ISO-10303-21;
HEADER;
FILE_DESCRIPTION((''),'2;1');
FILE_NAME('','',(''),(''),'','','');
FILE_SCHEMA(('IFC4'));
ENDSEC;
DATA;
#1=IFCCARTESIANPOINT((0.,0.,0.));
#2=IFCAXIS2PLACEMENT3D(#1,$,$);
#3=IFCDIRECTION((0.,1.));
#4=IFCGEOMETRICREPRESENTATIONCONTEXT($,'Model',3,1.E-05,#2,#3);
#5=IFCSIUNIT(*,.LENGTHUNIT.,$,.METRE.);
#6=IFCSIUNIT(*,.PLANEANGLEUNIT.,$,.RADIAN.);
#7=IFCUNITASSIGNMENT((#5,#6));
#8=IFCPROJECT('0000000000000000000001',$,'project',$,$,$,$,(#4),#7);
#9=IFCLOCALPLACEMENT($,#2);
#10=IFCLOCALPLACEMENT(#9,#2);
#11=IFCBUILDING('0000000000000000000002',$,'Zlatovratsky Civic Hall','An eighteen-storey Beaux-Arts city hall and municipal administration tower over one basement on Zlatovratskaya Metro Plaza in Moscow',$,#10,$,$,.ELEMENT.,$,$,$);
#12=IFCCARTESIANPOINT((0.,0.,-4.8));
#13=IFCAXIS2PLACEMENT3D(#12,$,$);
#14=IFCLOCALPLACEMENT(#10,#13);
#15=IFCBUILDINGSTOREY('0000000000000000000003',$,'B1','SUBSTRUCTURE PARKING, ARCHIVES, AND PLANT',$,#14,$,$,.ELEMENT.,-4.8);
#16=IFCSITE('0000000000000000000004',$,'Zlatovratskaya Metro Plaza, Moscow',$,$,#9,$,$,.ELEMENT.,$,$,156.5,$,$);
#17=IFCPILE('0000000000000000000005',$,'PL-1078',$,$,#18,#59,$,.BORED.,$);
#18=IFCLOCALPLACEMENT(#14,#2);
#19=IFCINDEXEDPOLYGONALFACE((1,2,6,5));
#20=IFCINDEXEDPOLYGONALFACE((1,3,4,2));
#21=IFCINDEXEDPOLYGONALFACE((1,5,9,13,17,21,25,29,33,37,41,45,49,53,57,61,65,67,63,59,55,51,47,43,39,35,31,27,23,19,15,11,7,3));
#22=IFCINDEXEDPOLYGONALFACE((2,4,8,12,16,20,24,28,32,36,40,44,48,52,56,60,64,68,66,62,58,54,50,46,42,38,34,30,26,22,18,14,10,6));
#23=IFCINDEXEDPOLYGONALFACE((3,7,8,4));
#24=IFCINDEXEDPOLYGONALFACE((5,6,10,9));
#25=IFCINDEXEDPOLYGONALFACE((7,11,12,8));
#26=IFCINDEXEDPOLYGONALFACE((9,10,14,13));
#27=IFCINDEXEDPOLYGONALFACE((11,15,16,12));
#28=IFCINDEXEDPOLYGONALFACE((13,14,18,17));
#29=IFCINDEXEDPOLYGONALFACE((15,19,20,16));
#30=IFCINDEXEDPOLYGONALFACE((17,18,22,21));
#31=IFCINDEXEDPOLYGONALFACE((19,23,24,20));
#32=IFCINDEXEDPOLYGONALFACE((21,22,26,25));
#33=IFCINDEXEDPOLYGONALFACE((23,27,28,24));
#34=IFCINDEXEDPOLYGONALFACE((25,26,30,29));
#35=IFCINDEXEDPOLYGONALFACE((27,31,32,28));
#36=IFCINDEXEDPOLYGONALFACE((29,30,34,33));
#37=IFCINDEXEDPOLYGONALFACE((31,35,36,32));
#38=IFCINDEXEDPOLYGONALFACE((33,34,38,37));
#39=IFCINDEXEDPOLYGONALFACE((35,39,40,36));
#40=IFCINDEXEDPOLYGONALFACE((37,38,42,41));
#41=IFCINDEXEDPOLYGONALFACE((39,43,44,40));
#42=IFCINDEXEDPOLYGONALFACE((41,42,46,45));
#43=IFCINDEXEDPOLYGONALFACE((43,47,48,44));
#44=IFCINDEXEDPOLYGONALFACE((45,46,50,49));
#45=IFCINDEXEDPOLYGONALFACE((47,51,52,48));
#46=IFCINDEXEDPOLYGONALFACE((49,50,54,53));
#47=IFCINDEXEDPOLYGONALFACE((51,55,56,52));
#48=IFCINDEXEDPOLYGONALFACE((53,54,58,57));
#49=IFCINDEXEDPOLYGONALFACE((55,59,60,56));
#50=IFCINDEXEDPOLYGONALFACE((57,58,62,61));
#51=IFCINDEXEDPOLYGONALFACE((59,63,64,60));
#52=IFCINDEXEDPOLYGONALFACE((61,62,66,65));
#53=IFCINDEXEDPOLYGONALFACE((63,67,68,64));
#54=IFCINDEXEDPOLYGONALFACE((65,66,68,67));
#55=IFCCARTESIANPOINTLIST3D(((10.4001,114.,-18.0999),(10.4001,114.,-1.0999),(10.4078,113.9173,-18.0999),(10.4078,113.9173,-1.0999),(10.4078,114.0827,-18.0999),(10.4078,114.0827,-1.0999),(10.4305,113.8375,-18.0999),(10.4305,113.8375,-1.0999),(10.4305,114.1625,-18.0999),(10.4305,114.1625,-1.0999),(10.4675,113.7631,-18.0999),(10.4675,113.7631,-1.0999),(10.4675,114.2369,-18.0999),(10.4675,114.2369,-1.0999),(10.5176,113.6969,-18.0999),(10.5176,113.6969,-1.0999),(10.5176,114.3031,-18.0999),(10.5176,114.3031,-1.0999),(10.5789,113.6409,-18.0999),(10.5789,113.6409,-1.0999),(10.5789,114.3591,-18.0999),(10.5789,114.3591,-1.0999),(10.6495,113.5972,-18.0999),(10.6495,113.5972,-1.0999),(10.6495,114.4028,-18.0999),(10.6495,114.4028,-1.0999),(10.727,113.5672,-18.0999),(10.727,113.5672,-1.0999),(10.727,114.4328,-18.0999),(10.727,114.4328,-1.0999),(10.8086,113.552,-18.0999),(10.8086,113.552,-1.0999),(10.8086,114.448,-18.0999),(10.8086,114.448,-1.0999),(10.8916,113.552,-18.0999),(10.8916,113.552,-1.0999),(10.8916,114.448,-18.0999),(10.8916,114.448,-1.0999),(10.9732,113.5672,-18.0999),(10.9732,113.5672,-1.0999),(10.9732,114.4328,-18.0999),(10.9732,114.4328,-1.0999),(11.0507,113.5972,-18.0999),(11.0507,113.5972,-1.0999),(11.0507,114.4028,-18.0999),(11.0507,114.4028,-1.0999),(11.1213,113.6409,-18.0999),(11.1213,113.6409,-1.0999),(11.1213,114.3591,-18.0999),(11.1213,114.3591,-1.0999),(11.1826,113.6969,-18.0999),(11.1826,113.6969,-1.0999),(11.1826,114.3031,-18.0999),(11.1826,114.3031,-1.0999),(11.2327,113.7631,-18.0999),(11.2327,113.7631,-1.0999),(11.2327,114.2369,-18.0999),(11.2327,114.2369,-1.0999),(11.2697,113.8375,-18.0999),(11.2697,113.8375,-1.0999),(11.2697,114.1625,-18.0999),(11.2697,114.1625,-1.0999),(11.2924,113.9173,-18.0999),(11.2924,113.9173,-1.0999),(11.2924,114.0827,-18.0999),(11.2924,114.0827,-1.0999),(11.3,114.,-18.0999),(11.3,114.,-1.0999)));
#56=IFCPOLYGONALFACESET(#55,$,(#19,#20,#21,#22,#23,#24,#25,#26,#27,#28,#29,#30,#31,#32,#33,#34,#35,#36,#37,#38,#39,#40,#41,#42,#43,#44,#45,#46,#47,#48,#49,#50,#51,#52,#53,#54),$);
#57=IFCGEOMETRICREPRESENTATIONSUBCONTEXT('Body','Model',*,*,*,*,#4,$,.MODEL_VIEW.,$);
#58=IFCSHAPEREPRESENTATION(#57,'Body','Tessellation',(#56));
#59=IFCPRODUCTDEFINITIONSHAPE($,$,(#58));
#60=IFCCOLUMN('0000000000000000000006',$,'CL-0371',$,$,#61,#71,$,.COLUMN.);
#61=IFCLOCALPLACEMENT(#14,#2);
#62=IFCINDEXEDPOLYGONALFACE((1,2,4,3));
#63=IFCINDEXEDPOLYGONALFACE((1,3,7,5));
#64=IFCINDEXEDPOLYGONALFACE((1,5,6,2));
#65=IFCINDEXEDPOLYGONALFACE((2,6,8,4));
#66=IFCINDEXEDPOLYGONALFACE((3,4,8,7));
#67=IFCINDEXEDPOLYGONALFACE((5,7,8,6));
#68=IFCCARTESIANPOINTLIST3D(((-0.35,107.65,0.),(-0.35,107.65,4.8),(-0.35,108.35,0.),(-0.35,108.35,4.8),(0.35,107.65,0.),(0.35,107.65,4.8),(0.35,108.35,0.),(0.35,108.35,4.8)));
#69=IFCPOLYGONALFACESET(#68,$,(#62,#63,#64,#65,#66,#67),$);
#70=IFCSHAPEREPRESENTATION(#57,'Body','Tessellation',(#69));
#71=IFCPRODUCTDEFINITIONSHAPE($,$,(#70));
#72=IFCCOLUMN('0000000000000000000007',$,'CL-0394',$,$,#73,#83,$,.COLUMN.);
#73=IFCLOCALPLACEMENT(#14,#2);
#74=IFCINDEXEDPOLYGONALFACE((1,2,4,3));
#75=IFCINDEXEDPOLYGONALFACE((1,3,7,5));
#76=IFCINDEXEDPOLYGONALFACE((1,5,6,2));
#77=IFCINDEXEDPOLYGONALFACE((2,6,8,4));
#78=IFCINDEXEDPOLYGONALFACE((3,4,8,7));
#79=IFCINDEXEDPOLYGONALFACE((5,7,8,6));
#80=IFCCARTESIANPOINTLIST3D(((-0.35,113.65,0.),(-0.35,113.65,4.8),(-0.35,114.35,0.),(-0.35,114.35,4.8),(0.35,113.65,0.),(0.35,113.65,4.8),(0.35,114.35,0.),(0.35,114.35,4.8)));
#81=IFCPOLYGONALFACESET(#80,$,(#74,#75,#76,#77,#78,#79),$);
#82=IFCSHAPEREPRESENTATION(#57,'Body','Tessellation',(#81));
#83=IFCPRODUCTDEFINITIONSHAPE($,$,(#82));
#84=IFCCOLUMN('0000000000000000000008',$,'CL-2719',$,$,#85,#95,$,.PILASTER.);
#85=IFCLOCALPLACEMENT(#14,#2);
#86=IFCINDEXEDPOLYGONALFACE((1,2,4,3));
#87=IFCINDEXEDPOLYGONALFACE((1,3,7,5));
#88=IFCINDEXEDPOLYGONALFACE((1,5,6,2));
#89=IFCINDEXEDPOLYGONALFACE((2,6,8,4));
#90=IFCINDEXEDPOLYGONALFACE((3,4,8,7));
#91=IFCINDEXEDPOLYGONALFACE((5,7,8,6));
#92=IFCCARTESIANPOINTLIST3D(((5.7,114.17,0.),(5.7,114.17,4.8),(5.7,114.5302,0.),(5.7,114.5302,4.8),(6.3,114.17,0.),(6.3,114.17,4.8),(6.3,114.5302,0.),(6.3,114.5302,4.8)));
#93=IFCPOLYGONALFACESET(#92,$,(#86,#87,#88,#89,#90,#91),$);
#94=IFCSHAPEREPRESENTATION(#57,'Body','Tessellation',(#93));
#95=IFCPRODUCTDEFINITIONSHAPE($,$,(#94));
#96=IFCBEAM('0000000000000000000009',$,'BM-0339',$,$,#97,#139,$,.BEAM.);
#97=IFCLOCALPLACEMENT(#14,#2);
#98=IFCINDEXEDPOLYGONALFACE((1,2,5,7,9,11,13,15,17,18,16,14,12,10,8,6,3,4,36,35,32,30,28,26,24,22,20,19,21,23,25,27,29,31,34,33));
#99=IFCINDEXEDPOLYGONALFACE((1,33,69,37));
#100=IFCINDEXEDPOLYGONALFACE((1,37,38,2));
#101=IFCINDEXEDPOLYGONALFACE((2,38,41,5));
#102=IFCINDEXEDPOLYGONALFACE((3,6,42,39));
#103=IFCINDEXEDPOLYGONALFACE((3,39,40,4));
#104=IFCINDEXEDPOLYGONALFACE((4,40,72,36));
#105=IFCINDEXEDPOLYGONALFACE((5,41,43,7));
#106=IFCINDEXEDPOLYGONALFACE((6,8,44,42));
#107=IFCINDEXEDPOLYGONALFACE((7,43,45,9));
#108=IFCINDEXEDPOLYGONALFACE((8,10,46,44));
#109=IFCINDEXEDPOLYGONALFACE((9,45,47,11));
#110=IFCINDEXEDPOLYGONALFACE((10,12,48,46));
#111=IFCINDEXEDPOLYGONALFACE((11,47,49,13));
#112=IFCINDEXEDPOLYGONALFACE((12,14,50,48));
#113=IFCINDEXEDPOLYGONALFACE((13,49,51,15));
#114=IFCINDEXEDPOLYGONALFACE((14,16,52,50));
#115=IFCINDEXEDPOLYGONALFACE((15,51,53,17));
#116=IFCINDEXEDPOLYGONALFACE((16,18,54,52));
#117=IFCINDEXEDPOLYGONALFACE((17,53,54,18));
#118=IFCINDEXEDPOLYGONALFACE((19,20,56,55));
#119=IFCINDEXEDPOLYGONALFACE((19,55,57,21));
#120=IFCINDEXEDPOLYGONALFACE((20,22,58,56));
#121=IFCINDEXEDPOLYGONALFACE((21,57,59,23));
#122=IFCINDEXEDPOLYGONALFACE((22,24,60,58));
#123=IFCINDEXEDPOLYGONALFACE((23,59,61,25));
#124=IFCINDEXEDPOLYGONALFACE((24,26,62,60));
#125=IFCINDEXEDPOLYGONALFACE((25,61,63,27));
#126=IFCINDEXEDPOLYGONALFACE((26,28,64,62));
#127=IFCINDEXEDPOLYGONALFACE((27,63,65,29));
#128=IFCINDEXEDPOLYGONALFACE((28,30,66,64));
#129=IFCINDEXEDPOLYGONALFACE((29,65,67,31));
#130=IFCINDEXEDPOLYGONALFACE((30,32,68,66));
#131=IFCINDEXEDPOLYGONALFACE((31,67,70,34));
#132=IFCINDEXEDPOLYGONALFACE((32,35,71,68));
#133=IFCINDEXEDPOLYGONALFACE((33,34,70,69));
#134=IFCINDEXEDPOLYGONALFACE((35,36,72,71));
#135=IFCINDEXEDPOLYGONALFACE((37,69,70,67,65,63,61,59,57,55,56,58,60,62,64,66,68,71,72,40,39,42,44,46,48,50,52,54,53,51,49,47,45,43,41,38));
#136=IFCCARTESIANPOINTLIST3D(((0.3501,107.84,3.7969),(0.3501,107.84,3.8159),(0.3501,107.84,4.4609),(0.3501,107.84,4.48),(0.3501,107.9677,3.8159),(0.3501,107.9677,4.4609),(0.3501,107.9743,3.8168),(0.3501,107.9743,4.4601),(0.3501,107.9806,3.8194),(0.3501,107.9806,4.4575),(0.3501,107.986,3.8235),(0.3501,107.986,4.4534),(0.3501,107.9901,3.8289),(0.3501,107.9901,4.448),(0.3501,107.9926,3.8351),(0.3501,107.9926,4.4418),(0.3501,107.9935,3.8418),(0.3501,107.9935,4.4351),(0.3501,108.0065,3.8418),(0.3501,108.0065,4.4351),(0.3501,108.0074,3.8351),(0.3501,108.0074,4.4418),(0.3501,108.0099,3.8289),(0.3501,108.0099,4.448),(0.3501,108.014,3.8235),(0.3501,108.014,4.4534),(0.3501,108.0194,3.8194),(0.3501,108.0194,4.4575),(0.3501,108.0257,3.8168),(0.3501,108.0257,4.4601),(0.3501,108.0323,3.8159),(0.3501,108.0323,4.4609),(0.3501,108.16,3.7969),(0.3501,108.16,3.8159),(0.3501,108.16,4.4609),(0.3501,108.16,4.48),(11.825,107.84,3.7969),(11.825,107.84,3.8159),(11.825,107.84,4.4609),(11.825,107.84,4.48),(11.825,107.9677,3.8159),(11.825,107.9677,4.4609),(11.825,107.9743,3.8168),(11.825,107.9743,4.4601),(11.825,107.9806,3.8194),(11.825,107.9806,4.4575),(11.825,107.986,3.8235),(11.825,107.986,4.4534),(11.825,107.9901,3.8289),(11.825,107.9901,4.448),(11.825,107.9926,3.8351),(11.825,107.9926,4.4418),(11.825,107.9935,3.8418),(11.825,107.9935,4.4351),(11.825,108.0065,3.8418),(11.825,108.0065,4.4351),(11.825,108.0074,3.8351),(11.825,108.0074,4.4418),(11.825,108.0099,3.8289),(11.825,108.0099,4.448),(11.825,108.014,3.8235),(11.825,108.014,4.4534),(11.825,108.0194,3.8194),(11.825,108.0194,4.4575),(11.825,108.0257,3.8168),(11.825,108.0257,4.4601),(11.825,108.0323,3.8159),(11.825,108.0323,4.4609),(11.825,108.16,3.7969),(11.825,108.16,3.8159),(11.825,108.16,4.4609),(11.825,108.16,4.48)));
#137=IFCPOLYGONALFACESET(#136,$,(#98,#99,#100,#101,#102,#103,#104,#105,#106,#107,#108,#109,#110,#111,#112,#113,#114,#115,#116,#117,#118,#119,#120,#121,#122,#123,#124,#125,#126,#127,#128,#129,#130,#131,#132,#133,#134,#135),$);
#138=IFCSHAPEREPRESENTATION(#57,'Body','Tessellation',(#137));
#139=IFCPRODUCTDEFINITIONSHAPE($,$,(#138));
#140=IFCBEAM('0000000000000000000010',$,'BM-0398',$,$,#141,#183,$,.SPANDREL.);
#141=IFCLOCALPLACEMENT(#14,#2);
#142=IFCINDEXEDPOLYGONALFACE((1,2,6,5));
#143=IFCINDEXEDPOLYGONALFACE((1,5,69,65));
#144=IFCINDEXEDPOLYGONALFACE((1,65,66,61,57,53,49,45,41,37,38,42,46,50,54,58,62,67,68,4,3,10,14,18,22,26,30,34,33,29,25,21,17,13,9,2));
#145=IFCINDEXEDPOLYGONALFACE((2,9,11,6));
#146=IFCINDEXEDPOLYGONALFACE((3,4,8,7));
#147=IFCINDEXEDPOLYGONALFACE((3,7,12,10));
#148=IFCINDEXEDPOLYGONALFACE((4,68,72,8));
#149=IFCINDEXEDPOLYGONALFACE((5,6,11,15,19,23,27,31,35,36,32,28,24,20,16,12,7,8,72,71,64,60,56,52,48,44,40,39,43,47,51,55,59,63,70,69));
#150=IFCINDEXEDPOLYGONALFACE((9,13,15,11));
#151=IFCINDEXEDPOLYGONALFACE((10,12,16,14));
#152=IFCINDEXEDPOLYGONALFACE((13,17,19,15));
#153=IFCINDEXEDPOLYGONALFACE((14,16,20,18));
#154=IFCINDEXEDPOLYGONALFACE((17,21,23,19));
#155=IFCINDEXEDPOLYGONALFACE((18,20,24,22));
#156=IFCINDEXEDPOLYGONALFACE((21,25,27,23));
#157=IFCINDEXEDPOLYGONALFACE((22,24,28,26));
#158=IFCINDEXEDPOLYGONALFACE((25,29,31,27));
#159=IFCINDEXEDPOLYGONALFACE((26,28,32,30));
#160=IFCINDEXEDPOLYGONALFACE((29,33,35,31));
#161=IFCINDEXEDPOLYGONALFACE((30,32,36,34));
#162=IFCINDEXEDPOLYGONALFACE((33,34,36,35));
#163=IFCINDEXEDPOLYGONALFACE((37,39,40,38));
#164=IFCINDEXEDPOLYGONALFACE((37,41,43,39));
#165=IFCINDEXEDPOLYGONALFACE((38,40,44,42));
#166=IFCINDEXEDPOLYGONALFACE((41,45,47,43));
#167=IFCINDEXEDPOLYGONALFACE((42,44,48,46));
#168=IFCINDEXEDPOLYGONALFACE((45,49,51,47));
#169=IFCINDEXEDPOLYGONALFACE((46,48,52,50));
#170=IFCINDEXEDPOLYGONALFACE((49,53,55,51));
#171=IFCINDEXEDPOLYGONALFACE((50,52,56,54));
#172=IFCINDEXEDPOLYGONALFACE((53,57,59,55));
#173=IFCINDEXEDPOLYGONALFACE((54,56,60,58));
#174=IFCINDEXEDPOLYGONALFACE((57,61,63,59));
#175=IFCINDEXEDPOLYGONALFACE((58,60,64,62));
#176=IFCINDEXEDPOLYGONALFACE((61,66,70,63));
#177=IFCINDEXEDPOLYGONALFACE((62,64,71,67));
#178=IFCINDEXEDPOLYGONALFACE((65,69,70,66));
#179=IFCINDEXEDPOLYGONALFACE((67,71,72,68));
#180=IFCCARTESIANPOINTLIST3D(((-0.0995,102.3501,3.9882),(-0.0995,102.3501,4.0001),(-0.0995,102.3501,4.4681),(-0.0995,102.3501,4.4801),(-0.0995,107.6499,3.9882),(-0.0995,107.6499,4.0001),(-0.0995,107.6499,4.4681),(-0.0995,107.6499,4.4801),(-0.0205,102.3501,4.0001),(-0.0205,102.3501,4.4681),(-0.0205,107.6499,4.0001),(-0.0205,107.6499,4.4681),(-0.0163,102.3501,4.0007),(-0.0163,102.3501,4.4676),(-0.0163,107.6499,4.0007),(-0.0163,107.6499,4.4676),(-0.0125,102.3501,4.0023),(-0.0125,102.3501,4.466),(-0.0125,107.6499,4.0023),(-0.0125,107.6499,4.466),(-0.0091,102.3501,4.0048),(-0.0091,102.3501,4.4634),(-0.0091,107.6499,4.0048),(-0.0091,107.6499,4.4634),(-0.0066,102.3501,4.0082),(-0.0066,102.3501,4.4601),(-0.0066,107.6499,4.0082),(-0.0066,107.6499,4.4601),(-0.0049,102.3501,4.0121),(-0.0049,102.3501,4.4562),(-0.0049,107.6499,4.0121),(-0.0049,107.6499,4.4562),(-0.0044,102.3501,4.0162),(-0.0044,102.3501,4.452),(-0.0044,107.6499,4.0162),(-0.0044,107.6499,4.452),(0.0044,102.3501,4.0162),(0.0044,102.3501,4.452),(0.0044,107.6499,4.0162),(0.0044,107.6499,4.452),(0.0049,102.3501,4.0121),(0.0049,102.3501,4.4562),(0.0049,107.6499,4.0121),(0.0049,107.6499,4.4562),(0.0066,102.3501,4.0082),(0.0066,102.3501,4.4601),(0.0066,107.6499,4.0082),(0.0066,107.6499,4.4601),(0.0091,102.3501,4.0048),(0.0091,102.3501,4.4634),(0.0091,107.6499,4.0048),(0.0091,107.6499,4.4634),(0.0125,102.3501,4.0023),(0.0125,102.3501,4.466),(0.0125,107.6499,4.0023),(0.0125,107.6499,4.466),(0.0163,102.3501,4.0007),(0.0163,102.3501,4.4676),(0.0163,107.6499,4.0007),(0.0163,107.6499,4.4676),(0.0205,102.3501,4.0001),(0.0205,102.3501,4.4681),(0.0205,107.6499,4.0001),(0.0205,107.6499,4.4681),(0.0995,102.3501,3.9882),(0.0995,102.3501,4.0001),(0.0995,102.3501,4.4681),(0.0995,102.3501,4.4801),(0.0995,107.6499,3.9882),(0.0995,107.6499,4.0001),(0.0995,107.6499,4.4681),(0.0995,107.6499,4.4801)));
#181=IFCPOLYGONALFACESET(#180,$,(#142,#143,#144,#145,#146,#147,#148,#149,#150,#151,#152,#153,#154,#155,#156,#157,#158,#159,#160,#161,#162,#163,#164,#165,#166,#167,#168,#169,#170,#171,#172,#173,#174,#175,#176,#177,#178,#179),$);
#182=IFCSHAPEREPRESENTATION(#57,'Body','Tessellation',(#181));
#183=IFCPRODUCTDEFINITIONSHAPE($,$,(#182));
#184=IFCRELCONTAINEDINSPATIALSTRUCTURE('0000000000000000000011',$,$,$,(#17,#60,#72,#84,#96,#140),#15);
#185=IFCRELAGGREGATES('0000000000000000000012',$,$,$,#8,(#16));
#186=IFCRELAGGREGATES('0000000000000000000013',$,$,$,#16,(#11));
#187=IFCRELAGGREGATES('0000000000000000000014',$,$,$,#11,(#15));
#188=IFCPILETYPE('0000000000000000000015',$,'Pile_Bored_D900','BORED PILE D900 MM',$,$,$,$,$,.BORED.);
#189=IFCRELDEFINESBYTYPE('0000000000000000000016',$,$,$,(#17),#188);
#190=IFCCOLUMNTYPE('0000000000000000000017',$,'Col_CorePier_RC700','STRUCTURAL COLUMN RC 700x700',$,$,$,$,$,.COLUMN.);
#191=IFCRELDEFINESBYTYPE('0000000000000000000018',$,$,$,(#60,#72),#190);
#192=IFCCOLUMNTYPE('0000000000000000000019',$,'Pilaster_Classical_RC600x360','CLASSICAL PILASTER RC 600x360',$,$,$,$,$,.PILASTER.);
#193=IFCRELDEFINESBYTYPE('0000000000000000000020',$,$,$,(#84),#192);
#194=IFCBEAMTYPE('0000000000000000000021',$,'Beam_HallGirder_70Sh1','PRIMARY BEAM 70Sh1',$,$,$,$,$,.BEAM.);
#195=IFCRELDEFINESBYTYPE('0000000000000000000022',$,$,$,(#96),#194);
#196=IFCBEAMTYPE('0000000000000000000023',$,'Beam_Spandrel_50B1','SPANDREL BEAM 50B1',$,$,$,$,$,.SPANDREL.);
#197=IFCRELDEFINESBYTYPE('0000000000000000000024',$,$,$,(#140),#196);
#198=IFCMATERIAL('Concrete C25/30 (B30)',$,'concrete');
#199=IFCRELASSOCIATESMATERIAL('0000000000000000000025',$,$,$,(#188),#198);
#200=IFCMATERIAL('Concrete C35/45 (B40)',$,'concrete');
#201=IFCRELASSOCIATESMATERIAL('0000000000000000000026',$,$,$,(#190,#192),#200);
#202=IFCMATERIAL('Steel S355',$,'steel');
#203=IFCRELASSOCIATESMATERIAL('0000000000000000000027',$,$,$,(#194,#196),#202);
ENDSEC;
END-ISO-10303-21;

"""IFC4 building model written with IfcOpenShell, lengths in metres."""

from ifc_helpers import new_model, si_unit, direction, frame, origin, origin_2d, place, context, subcontext, project, spatial, rectangle, circle, i_section, extrude, material, material_profile, profile_set, type_object, element, save


model = new_model("IFC4")

# Units and contexts
model_context = context("Model", 3, precision=1e-05, world=origin(), true_north=direction((0.0, 1.0)))
body_context = subcontext(model_context, "Body", "Model", "MODEL_VIEW")
ifc_project = project(units=[si_unit("LENGTHUNIT", "METRE"), si_unit("PLANEANGLEUNIT", "RADIAN")], contexts=[model_context])

# Site, building, storey
site_placement = place(None, origin())
site = spatial("IfcSite", under=ifc_project, at=site_placement, Name="Zlatovratskaya Metro Plaza, Moscow", CompositionType="ELEMENT", RefElevation=156.5)
building_placement = place(site_placement, origin())
building = spatial("IfcBuilding", under=site, at=building_placement, Name="Zlatovratsky Civic Hall", Description="An eighteen-storey Beaux-Arts city hall and municipal administration tower over one basement on Zlatovratskaya Metro Plaza in Moscow", CompositionType="ELEMENT")
storey_placement = place(building_placement, frame((0.0, 0.0, -4.8)))
storey = spatial("IfcBuildingStorey", under=building, at=storey_placement, Name="B1", Description="SUBSTRUCTURE PARKING, ARCHIVES, AND PLANT", CompositionType="ELEMENT", Elevation=-4.8)

# Shared definitions
ifc_material_1 = material(Name="Concrete C25/30 (B30)", Category="concrete")

# Pile
ifc_material_profile_1 = material_profile(ifc_material_1, circle(Radius=0.45, at=origin_2d()), Name="PILE D900")
ifc_profile_set_1 = profile_set([ifc_material_profile_1], Name="Concrete C25/30 (B30)")
pile_type_1 = type_object("IfcPileType", Name="Pile_Bored_D900", Description="BORED PILE D900 MM", PredefinedType="BORED", material=ifc_profile_set_1)
for number, where, z_axis, x_axis, name in (
    (1, (10.8501, 114.0, -1.0999), (0.0, 0.0, -1.0), (1.0, 0.0, 0.0), "PL-1078"),
):
    element("IfcPile", number, at=place(storey_placement, frame(where, z_axis=z_axis, x_axis=x_axis)), inside=storey, type_object=pile_type_1, Name=name, PredefinedType="BORED", context=body_context, shape_type="SweptSolid", body=[
        extrude(circle(Radius=0.45, at=origin_2d()), origin(), (0.0, 0.0, 1.0), 17.0),
    ])

# Columns
ifc_material_2 = material(Name="Concrete C35/45 (B40)", Category="concrete")
ifc_material_profile_2 = material_profile(ifc_material_2, rectangle(XDim=0.7, YDim=0.7, at=origin_2d()), Name="RC 700x700")
ifc_profile_set_2 = profile_set([ifc_material_profile_2], Name="Concrete C35/45 (B40)")
column_type_1 = type_object("IfcColumnType", Name="Col_CorePier_RC700", Description="STRUCTURAL COLUMN RC 700x700", PredefinedType="COLUMN", material=ifc_profile_set_2)
for number, where, z_axis, x_axis, name in (
    (2, (0.0, 108.0, 0.0), (0.0, 0.0, 1.0), (1.0, 0.0, 0.0), "CL-0371"),
    (3, (0.0, 114.0, 0.0), (0.0, 0.0, 1.0), (1.0, 0.0, 0.0), "CL-0394"),
):
    element("IfcColumn", number, at=place(storey_placement, frame(where, z_axis=z_axis, x_axis=x_axis)), inside=storey, type_object=column_type_1, Name=name, PredefinedType="COLUMN", context=body_context, shape_type="SweptSolid", body=[
        extrude(rectangle(XDim=0.7, YDim=0.7, at=origin_2d()), origin(), (0.0, 0.0, 1.0), 4.8),
    ])
ifc_material_profile_3 = material_profile(ifc_material_2, rectangle(XDim=0.6001, YDim=0.3601, at=origin_2d()), Name="RC 600x360")
ifc_profile_set_3 = profile_set([ifc_material_profile_3], Name="Concrete C35/45 (B40)")
column_type_2 = type_object("IfcColumnType", Name="Pilaster_Classical_RC600x360", Description="CLASSICAL PILASTER RC 600x360", PredefinedType="PILASTER", material=ifc_profile_set_3)
column_placement = place(storey_placement, frame((6.0, 114.3501, 0.0), z_axis=(0.0, 0.0, 1.0), x_axis=(1.0, 0.0, 0.0)))
element("IfcColumn", 4, at=column_placement, inside=storey, type_object=column_type_2, Name="CL-2719", PredefinedType="PILASTER", context=body_context, shape_type="SweptSolid", body=[
    extrude(rectangle(XDim=0.6001, YDim=0.3601, at=origin_2d()), origin(), (0.0, 0.0, 1.0), 4.8),
])

# Beams
ifc_material_3 = material(Name="Steel S355", Category="steel")
ifc_material_profile_4 = material_profile(ifc_material_3, i_section(OverallWidth=0.3201, OverallDepth=0.6831, WebThickness=0.0129, FlangeThickness=0.019, FilletRadius=0.0259, at=origin_2d()), Name="70Sh1")
ifc_profile_set_4 = profile_set([ifc_material_profile_4], Name="Steel S355")
beam_type_1 = type_object("IfcBeamType", Name="Beam_HallGirder_70Sh1", Description="PRIMARY BEAM 70Sh1", PredefinedType="BEAM", material=ifc_profile_set_4)
beam_1_placement = place(storey_placement, frame((0.3501, 108.0, 4.1384), z_axis=(1.0, 0.0, 0.0), x_axis=(0.0, 1.0, 0.0)))
element("IfcBeam", 5, at=beam_1_placement, inside=storey, type_object=beam_type_1, Name="BM-0339", PredefinedType="BEAM", context=body_context, shape_type="SweptSolid", body=[
    extrude(i_section(OverallWidth=0.3201, OverallDepth=0.6831, WebThickness=0.0129, FlangeThickness=0.019, FilletRadius=0.0259, at=origin_2d()), origin(), (0.0, 0.0, 1.0), 11.4749),
])
ifc_material_profile_5 = material_profile(ifc_material_3, i_section(OverallWidth=0.199, OverallDepth=0.4919, WebThickness=0.0088, FlangeThickness=0.012, FilletRadius=0.0161, at=origin_2d()), Name="50B1")
ifc_profile_set_5 = profile_set([ifc_material_profile_5], Name="Steel S355")
beam_type_2 = type_object("IfcBeamType", Name="Beam_Spandrel_50B1", Description="SPANDREL BEAM 50B1", PredefinedType="SPANDREL", material=ifc_profile_set_5)
for number, where, z_axis, x_axis, name in (
    (6, (0.0, 102.3501, 4.2341), (0.0, 1.0, 0.0), (-1.0, 0.0, 0.0), "BM-0398"),
):
    element("IfcBeam", number, at=place(storey_placement, frame(where, z_axis=z_axis, x_axis=x_axis)), inside=storey, type_object=beam_type_2, Name=name, PredefinedType="SPANDREL", context=body_context, shape_type="SweptSolid", body=[
        extrude(i_section(OverallWidth=0.199, OverallDepth=0.4919, WebThickness=0.0088, FlangeThickness=0.012, FilletRadius=0.0161, at=origin_2d()), origin(), (0.0, 0.0, 1.0), 5.2998),
    ])

save(model, "model.ifc")
